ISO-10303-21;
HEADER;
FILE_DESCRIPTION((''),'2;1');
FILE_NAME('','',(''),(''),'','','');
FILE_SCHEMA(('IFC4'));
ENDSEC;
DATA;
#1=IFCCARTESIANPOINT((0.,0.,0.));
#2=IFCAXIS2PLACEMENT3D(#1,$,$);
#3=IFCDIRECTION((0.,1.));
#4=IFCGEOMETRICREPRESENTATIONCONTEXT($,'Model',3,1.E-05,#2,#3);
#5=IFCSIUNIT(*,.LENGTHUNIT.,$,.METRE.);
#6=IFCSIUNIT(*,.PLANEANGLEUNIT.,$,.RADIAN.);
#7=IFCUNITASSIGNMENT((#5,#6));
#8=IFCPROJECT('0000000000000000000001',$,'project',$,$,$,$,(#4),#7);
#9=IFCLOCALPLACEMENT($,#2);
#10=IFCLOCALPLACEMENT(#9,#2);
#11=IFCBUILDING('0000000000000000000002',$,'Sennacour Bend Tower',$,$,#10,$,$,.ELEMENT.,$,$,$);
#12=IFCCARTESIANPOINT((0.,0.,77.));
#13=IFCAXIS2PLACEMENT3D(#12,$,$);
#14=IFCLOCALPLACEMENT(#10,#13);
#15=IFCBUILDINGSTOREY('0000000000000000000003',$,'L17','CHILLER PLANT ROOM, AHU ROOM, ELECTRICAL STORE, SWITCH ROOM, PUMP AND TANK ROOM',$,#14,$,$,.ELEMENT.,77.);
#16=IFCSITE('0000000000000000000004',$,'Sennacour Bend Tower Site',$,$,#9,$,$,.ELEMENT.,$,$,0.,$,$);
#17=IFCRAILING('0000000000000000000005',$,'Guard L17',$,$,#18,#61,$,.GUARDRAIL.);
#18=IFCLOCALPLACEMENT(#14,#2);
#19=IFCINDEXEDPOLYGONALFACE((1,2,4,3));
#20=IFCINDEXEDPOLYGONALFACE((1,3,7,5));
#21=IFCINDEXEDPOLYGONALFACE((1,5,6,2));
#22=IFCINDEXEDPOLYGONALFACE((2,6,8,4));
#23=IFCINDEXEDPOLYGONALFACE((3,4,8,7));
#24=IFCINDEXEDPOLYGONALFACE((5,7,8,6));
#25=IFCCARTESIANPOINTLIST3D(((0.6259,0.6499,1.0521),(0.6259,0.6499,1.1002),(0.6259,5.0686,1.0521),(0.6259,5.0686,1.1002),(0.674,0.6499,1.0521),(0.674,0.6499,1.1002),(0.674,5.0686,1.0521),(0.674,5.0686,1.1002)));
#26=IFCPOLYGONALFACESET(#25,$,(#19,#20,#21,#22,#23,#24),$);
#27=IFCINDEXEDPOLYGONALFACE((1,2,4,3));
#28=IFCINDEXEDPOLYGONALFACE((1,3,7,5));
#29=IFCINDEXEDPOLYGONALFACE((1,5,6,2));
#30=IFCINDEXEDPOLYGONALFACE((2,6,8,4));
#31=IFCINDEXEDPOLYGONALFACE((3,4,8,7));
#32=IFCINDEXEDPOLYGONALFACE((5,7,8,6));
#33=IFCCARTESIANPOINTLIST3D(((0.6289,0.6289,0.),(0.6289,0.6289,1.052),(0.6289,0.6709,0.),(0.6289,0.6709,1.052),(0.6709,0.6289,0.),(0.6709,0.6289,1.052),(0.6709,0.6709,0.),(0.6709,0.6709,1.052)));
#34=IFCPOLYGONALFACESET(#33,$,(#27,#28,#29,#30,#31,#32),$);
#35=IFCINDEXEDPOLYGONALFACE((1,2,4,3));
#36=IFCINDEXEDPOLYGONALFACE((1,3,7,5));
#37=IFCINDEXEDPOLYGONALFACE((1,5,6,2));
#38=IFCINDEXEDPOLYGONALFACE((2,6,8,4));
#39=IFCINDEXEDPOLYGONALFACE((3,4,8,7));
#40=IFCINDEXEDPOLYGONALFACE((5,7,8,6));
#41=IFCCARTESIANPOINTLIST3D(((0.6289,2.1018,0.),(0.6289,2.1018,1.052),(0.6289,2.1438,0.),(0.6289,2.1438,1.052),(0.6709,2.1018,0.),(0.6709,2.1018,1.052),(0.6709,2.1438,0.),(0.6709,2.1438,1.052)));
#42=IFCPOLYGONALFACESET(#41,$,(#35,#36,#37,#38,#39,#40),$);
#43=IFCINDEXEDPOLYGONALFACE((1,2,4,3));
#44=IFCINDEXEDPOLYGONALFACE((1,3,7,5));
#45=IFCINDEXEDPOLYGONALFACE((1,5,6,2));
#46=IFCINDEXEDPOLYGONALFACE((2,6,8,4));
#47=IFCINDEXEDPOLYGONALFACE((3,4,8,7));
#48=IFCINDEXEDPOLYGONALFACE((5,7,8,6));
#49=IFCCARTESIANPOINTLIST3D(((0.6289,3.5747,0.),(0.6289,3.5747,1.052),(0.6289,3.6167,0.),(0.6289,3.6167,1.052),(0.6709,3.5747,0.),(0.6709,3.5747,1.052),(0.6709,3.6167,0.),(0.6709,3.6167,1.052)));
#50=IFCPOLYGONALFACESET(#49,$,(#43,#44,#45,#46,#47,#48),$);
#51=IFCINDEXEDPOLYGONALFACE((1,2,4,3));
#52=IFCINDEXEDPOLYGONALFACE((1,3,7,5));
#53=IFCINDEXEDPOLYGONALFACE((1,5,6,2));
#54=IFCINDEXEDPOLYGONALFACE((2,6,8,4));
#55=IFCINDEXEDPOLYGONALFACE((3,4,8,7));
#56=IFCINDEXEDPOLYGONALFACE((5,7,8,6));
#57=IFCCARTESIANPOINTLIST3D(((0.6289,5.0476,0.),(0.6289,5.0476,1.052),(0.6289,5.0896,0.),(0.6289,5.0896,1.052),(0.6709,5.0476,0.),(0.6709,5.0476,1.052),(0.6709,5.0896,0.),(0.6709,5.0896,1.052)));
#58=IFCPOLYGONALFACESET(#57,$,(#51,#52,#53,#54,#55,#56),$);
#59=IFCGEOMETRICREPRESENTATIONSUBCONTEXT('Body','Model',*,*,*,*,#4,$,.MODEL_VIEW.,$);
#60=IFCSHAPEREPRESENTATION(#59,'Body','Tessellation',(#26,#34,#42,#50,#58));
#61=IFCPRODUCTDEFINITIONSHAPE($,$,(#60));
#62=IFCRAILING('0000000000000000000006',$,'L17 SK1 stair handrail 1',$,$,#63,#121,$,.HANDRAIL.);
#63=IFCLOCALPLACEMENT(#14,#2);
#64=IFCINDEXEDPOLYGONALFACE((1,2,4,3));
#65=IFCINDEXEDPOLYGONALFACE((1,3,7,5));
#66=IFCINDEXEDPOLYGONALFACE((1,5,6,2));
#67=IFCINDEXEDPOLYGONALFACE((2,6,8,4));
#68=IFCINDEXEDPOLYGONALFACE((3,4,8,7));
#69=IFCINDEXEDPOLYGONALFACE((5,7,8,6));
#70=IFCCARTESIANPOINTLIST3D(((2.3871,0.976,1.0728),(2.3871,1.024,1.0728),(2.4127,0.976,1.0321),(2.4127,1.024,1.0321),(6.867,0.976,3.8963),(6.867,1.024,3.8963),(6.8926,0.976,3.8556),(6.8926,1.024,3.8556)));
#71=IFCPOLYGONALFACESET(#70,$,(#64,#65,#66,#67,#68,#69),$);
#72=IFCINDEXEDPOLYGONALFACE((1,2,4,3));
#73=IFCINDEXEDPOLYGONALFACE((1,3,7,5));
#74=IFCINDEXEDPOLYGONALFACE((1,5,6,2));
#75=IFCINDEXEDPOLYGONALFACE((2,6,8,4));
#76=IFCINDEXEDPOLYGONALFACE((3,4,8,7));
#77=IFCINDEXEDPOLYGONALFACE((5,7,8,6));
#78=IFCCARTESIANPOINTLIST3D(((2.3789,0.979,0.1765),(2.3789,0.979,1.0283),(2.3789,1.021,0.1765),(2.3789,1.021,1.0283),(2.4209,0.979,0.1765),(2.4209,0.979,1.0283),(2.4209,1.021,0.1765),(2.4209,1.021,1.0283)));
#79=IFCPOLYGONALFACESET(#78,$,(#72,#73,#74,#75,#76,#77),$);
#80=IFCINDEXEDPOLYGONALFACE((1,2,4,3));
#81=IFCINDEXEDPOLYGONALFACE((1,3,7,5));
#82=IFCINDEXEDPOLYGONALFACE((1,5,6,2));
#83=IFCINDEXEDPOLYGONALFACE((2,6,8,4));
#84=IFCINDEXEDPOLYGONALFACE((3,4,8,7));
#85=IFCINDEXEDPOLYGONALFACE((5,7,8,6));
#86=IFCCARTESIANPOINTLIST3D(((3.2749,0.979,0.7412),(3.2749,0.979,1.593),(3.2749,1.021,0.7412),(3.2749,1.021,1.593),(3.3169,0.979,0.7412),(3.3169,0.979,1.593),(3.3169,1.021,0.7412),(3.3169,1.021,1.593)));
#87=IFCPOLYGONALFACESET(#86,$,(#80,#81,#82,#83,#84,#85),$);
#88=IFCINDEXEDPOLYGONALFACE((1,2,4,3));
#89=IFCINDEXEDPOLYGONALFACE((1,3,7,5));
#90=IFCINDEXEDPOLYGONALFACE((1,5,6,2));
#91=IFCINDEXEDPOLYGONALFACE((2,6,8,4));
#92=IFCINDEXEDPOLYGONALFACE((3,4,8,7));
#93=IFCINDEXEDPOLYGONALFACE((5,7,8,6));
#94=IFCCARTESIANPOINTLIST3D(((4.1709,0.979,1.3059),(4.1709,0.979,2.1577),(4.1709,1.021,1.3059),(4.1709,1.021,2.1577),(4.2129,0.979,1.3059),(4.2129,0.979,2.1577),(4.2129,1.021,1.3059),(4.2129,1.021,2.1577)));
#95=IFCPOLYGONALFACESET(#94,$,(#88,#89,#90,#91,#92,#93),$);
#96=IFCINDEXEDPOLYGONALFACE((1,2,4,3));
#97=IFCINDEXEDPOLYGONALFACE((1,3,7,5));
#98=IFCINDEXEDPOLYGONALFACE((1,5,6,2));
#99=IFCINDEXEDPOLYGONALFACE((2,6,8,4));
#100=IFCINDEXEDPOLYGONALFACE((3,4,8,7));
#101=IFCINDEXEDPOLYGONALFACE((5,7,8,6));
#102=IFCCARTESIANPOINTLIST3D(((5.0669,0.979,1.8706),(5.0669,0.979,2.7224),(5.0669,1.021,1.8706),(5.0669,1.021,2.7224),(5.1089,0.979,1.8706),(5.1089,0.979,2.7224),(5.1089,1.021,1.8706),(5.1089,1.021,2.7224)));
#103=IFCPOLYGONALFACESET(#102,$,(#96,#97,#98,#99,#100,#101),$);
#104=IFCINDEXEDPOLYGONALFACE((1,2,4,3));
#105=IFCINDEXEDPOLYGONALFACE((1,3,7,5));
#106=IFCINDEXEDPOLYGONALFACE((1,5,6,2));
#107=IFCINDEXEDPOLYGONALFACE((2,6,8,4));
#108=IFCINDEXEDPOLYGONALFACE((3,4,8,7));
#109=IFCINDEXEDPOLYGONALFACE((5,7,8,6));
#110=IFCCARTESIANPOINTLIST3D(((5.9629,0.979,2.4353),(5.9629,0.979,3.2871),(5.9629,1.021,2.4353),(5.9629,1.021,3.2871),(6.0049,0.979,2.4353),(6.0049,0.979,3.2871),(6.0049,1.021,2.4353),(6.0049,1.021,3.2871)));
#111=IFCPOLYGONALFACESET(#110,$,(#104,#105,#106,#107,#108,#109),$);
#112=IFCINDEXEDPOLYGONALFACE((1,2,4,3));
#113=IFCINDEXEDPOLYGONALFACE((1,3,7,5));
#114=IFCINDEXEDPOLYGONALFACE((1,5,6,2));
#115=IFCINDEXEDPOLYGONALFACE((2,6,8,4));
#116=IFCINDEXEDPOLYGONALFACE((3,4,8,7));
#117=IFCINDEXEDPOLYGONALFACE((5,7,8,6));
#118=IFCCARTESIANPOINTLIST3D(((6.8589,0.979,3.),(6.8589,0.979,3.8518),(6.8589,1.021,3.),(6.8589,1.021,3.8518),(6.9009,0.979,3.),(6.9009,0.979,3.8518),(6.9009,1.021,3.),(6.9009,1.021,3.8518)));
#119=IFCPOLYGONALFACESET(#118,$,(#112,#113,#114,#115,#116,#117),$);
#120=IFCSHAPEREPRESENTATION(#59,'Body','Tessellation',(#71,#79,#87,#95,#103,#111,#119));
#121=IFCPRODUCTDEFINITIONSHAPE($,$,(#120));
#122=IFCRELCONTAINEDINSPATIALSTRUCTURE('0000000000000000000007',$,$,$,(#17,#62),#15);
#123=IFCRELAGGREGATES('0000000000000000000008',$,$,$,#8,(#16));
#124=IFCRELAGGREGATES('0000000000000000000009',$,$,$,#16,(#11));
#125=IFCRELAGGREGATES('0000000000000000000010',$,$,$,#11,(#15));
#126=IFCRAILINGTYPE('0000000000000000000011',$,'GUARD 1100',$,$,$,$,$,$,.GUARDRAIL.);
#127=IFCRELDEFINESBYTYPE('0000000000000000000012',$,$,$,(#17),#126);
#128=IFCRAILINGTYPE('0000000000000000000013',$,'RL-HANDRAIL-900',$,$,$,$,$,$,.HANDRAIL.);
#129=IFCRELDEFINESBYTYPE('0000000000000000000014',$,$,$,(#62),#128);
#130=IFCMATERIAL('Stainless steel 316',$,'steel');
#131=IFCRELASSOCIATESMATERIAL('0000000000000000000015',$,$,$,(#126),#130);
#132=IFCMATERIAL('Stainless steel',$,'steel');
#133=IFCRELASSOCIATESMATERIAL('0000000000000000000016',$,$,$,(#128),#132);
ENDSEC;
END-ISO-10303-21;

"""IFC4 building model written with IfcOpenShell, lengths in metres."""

from ifc_helpers import new_model, si_unit, direction, frame, origin, origin_2d, place, context, subcontext, project, spatial, rectangle, extrude, material, type_object, element, save


model = new_model("IFC4")

# Units and contexts
model_context = context("Model", 3, precision=1e-05, world=origin(), true_north=direction((0.0, 1.0)))
body_context = subcontext(model_context, "Body", "Model", "MODEL_VIEW")
ifc_project = project(units=[si_unit("LENGTHUNIT", "METRE"), si_unit("PLANEANGLEUNIT", "RADIAN")], contexts=[model_context])

# Site, building, storey
site_placement = place(None, origin())
site = spatial("IfcSite", under=ifc_project, at=site_placement, Name="Sennacour Bend Tower Site", CompositionType="ELEMENT", RefElevation=0.0)
building_placement = place(site_placement, origin())
building = spatial("IfcBuilding", under=site, at=building_placement, Name="Sennacour Bend Tower", CompositionType="ELEMENT")
storey_placement = place(building_placement, frame((0.0, 0.0, 77.0)))
storey = spatial("IfcBuildingStorey", under=building, at=storey_placement, Name="L17", Description="CHILLER PLANT ROOM, AHU ROOM, ELECTRICAL STORE, SWITCH ROOM, PUMP AND TANK ROOM", CompositionType="ELEMENT", Elevation=77.0)

# Railings
ifc_material_1 = material(Name="Stainless steel 316", Category="steel")
railing_type_1 = type_object("IfcRailingType", Name="GUARD 1100", PredefinedType="GUARDRAIL", material=ifc_material_1)
railing_1_placement = place(storey_placement, frame((0.6499, 0.6499, 0.0)))
element("IfcRailing", 1, at=railing_1_placement, inside=storey, type_object=railing_type_1, Name="Guard L17", PredefinedType="GUARDRAIL", context=body_context, shape_type="SweptSolid", body=[
    extrude(rectangle(XDim=0.0481, YDim=0.0481, at=origin_2d()), frame((0.0, 0.0, 1.0762), z_axis=(0.0, 1.0, 0.0), x_axis=(-1.0, 0.0, 0.0)), (0.0, 0.0, 1.0), 4.4187),
    extrude(rectangle(XDim=0.042, YDim=0.042, at=origin_2d()), origin(), (0.0, 0.0, 1.0), 1.052),
    extrude(rectangle(XDim=0.042, YDim=0.042, at=origin_2d()), frame((0.0, 1.4729, 0.0)), (0.0, 0.0, 1.0), 1.052),
    extrude(rectangle(XDim=0.042, YDim=0.042, at=origin_2d()), frame((0.0, 2.9458, 0.0)), (0.0, 0.0, 1.0), 1.052),
    extrude(rectangle(XDim=0.042, YDim=0.042, at=origin_2d()), frame((0.0, 4.4187, 0.0)), (0.0, 0.0, 1.0), 1.052),
])
ifc_material_2 = material(Name="Stainless steel", Category="steel")
railing_type_2 = type_object("IfcRailingType", Name="RL-HANDRAIL-900", PredefinedType="HANDRAIL", material=ifc_material_2)
railing_2_placement = place(storey_placement, frame((2.3999, 1.0, 0.1765)))
element("IfcRailing", 2, at=railing_2_placement, inside=storey, type_object=railing_type_2, Name="L17 SK1 stair handrail 1", PredefinedType="HANDRAIL", context=body_context, shape_type="SweptSolid", body=[
    extrude(rectangle(XDim=0.0481, YDim=0.0481, at=origin_2d()), frame((0.0, 0.0, 0.876), z_axis=(0.845998, 0.0, 0.533186), x_axis=(0.0, 1.0, 0.0)), (0.0, 0.0, 1.0), 5.2954),
    extrude(rectangle(XDim=0.042, YDim=0.042, at=origin_2d()), origin(), (0.0, 0.0, 1.0), 0.8518),
    extrude(rectangle(XDim=0.042, YDim=0.042, at=origin_2d()), frame((0.896, 0.0, 0.5647)), (0.0, 0.0, 1.0), 0.8518),
    extrude(rectangle(XDim=0.042, YDim=0.042, at=origin_2d()), frame((1.792, 0.0, 1.1294)), (0.0, 0.0, 1.0), 0.8518),
    extrude(rectangle(XDim=0.042, YDim=0.042, at=origin_2d()), frame((2.688, 0.0, 1.6941)), (0.0, 0.0, 1.0), 0.8518),
    extrude(rectangle(XDim=0.042, YDim=0.042, at=origin_2d()), frame((3.584, 0.0, 2.2588)), (0.0, 0.0, 1.0), 0.8518),
    extrude(rectangle(XDim=0.042, YDim=0.042, at=origin_2d()), frame((4.48, 0.0, 2.8235)), (0.0, 0.0, 1.0), 0.8518),
])

save(model, "model.ifc")
